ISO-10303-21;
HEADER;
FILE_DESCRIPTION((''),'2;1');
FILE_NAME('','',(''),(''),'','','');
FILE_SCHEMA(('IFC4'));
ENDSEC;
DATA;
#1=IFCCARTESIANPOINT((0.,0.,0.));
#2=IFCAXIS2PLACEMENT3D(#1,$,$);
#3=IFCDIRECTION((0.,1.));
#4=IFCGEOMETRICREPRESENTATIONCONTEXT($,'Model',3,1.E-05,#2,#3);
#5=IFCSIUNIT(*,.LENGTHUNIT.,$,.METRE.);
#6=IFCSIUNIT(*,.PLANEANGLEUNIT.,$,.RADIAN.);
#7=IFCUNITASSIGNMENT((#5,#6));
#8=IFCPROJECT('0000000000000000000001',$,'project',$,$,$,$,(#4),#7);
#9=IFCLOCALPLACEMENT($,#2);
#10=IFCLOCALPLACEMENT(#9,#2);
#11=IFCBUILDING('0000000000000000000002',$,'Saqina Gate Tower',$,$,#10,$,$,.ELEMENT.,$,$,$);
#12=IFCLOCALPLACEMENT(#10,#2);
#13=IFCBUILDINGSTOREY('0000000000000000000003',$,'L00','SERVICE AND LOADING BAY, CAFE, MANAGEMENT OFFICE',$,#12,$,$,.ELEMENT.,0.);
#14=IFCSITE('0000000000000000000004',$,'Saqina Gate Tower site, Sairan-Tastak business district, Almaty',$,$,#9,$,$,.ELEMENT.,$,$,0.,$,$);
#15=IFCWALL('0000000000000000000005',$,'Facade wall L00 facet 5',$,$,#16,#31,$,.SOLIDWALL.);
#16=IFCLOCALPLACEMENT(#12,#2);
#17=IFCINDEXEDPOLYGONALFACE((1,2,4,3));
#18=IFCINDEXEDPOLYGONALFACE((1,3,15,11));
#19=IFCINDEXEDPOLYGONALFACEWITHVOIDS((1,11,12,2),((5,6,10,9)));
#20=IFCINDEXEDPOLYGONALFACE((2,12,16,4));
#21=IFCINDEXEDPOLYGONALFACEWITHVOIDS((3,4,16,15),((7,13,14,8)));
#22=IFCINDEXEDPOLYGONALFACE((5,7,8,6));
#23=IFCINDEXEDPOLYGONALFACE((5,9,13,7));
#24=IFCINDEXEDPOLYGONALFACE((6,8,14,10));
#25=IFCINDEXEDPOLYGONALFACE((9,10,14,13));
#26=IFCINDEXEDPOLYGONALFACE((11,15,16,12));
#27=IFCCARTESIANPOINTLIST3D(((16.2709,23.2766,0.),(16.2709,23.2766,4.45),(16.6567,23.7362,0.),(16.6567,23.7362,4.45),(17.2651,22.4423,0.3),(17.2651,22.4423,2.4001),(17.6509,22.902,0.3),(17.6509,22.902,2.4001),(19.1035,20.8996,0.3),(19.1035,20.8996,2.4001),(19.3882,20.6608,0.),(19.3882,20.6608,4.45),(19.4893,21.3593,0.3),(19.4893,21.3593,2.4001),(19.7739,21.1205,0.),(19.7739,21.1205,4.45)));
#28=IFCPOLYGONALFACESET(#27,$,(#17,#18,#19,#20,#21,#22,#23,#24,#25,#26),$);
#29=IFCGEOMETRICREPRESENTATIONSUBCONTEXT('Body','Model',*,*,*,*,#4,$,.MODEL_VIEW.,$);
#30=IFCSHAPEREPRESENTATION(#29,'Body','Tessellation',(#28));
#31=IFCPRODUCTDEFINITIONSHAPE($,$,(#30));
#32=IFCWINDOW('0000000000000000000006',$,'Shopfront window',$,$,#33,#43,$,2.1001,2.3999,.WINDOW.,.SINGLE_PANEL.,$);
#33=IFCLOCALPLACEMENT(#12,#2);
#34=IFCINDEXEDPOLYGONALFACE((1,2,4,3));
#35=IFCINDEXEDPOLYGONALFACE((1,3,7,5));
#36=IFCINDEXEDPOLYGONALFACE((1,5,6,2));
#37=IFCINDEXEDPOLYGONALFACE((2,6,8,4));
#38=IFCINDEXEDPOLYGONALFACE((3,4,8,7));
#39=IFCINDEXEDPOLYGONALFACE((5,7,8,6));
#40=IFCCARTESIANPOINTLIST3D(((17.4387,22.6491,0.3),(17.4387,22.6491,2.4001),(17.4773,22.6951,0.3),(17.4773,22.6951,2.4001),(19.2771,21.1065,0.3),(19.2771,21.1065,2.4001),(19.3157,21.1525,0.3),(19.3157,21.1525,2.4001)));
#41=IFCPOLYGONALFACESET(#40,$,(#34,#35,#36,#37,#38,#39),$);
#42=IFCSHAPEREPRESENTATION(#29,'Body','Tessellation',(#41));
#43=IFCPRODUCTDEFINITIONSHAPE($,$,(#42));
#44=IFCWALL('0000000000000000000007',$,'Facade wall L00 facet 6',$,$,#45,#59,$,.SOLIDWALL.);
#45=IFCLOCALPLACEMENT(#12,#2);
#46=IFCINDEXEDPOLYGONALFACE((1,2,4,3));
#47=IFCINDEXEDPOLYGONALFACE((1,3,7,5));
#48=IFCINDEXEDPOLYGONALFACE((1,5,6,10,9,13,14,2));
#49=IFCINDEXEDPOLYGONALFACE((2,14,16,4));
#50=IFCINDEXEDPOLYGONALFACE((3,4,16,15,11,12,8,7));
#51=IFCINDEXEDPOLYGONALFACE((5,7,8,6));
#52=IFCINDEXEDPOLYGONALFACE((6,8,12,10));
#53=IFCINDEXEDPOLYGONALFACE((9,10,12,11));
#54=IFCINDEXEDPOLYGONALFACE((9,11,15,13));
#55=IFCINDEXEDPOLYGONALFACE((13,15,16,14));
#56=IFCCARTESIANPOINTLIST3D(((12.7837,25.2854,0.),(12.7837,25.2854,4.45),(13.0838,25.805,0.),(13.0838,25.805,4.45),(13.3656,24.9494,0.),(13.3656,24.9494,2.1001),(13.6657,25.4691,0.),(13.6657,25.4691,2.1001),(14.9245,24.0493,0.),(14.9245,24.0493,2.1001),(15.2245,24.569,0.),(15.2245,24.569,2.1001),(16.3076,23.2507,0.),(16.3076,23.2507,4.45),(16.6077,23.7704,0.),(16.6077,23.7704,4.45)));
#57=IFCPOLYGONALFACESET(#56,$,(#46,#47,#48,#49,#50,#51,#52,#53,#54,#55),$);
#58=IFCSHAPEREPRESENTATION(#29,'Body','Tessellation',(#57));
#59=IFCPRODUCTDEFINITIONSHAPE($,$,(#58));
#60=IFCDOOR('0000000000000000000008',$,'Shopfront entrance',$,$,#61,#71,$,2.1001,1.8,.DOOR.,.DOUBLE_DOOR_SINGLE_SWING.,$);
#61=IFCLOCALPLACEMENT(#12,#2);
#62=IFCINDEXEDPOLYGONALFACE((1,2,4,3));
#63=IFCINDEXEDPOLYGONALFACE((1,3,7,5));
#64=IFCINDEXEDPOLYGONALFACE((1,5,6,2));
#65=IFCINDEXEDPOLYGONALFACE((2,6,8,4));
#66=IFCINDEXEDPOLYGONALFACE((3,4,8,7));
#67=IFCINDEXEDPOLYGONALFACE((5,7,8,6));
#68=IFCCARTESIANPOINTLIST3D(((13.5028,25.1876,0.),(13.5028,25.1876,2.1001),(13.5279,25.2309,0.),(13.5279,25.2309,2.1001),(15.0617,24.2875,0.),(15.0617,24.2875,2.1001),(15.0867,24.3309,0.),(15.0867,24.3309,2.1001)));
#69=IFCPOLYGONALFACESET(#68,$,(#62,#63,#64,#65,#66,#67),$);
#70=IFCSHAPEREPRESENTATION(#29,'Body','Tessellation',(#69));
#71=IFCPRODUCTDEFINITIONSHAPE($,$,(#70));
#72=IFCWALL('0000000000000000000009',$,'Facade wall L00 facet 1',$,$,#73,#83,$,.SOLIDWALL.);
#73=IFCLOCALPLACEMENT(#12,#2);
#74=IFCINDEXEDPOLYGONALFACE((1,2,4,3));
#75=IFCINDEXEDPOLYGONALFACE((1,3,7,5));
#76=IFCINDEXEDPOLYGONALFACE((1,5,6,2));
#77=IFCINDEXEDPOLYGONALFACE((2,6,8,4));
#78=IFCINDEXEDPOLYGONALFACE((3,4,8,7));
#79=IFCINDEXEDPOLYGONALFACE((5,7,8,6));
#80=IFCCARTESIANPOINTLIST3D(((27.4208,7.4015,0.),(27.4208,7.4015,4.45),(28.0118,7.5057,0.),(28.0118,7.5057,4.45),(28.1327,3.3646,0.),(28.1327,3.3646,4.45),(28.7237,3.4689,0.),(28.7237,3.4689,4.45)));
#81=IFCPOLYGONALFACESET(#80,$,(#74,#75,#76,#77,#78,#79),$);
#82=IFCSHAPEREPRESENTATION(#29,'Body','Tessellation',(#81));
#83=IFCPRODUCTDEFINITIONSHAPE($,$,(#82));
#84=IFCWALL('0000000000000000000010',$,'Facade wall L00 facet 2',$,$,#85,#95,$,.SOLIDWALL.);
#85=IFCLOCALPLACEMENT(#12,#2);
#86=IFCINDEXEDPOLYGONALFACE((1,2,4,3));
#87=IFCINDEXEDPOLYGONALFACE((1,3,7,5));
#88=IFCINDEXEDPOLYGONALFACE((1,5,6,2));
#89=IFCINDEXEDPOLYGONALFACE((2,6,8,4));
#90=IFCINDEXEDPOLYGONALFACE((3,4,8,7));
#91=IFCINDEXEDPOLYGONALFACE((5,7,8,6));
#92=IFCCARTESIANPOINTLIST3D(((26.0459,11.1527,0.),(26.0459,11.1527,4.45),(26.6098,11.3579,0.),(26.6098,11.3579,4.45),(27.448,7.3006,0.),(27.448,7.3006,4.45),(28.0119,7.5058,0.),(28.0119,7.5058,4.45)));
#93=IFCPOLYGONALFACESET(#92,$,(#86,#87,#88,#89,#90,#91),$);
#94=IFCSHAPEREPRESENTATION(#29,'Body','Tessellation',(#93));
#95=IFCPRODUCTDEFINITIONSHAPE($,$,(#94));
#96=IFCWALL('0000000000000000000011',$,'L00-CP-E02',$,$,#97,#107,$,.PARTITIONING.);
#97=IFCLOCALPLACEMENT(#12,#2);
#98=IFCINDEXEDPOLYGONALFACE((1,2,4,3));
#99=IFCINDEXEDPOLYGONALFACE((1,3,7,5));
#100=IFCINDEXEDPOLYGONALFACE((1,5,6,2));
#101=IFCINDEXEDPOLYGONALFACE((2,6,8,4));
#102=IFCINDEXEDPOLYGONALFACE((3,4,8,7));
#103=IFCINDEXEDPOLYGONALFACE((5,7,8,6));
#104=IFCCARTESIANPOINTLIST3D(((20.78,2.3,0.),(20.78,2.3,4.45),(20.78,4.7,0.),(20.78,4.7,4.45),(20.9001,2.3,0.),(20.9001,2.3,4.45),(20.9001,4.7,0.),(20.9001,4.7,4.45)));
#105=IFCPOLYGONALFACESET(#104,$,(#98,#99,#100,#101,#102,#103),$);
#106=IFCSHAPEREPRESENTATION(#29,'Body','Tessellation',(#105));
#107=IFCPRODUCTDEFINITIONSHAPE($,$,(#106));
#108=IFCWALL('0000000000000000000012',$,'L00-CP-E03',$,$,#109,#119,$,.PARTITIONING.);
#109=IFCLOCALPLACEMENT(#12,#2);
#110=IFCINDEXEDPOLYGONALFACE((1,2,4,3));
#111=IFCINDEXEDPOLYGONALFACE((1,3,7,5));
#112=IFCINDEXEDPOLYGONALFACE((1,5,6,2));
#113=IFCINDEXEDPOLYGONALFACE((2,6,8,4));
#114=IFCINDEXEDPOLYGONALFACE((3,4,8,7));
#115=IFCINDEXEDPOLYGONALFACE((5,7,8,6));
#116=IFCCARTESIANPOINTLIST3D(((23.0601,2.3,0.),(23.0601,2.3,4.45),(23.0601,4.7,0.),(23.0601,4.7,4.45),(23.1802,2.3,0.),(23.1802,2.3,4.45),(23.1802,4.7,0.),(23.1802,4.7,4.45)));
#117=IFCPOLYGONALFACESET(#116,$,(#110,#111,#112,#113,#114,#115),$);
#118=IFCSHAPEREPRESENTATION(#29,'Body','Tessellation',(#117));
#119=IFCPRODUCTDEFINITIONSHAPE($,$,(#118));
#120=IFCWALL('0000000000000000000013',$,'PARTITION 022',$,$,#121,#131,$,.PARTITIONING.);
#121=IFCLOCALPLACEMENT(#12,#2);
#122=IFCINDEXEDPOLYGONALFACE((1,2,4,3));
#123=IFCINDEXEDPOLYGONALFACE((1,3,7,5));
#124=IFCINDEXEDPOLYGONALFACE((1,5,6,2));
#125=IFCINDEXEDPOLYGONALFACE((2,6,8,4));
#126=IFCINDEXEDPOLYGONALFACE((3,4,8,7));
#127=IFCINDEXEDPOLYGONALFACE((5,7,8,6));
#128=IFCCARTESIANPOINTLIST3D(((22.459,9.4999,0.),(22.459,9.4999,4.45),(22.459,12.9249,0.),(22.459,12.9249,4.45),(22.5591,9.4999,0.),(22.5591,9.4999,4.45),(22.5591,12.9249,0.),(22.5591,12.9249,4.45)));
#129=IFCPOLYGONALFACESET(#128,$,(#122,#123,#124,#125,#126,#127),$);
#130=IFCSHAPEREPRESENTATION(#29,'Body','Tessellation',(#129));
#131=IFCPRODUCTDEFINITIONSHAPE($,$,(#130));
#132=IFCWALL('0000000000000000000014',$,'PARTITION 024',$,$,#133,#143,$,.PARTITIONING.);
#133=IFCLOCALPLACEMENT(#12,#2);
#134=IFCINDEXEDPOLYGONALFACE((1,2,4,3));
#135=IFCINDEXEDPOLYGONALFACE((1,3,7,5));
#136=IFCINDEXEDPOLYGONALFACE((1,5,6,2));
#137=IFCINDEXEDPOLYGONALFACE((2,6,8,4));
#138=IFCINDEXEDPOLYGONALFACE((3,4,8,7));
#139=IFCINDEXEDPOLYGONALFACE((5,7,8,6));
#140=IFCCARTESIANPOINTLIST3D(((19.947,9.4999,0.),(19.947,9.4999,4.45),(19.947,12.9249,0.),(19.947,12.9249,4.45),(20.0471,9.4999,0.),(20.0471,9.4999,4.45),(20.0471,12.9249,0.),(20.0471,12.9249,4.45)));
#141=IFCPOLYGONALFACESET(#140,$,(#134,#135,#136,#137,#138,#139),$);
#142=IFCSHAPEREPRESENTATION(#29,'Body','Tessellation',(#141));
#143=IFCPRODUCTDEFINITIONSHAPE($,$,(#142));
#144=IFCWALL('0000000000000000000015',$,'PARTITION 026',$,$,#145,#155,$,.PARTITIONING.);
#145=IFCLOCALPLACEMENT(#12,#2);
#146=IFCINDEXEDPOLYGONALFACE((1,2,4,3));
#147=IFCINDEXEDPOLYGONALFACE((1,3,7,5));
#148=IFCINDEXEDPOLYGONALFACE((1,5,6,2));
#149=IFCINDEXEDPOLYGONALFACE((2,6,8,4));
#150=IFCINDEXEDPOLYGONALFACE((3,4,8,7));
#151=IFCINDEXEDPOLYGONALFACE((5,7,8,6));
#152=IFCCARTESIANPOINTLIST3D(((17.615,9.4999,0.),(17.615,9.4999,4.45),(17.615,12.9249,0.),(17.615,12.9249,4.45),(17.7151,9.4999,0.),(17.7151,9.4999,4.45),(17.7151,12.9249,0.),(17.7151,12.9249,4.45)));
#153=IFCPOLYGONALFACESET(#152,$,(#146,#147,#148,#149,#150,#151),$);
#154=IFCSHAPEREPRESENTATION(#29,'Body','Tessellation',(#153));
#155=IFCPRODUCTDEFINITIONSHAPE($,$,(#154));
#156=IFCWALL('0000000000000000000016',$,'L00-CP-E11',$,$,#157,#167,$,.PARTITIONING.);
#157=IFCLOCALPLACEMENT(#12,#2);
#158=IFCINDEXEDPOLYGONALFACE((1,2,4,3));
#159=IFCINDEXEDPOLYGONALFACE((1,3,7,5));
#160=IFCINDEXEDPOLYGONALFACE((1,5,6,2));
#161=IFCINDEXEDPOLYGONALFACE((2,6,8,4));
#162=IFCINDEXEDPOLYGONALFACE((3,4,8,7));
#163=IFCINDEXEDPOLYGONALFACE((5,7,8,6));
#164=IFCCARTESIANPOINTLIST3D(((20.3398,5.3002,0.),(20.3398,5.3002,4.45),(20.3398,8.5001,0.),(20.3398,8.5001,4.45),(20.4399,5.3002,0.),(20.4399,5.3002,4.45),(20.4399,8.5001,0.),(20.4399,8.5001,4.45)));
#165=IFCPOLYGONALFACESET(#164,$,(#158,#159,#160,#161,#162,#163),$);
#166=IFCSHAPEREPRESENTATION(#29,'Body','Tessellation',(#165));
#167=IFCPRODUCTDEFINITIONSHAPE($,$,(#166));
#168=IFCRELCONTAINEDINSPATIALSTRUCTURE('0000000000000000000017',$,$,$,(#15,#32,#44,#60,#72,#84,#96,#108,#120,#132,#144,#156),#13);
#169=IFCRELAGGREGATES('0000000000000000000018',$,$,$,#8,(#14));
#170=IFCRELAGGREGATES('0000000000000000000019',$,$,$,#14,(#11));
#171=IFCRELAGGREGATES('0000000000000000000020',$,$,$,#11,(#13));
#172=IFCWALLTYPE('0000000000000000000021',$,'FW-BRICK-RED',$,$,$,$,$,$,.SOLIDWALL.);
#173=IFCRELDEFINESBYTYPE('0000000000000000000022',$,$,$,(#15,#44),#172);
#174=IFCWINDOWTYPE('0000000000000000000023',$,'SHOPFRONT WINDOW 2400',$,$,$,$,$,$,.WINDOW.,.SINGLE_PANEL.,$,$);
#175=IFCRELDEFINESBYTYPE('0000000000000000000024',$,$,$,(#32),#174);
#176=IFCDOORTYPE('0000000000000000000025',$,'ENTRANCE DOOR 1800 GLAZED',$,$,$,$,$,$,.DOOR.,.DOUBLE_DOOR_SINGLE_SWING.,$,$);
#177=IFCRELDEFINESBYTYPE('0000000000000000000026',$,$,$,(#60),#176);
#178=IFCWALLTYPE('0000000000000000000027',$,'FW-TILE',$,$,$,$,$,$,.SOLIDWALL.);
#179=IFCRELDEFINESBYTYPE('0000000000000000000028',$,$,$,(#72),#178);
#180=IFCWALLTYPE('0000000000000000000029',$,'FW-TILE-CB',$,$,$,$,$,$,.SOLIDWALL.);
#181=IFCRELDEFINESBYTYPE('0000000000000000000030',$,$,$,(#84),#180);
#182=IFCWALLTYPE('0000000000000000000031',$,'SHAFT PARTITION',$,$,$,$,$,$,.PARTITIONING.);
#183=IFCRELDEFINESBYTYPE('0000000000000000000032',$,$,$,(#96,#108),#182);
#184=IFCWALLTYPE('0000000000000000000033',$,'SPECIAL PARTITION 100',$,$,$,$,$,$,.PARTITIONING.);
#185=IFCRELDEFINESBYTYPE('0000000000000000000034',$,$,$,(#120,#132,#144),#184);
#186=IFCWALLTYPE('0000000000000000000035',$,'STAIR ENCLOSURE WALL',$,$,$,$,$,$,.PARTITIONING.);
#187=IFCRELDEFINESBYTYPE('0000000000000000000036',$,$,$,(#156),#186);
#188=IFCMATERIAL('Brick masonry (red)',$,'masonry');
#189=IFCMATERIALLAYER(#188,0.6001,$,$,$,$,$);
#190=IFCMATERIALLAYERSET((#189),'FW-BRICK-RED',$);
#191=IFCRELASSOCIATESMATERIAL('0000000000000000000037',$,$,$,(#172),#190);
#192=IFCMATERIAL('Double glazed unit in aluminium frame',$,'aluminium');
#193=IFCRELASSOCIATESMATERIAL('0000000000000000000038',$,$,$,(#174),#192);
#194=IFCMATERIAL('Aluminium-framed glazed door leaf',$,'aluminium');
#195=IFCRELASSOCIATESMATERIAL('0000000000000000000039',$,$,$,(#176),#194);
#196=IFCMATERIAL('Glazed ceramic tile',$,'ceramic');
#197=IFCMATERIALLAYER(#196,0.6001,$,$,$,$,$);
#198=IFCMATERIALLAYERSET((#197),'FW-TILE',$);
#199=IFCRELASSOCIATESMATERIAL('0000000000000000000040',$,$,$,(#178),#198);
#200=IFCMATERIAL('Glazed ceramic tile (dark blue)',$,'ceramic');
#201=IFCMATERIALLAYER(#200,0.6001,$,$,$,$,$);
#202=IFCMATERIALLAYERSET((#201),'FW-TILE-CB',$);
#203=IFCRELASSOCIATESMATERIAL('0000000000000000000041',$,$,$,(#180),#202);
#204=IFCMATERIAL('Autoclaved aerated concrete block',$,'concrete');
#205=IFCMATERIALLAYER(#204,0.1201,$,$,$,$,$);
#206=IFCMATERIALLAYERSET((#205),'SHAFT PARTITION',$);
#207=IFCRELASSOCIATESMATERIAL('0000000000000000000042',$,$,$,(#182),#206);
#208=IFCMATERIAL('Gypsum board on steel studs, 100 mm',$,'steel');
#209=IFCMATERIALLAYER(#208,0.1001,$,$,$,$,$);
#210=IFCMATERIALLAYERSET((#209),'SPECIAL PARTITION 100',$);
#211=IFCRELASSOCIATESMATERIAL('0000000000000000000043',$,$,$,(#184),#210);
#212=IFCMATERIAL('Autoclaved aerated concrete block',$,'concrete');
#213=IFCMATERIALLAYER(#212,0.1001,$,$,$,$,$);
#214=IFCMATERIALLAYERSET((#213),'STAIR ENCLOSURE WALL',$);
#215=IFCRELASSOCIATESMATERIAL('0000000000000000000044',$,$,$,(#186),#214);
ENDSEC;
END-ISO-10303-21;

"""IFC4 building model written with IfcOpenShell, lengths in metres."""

from ifc_helpers import new_model, si_unit, direction, frame, frame_2d, origin, place, context, subcontext, project, spatial, rectangle, extrude, material, layer, layer_set, type_object, element, fill, save


model = new_model("IFC4")

# Units and contexts
model_context = context("Model", 3, precision=1e-05, world=origin(), true_north=direction((0.0, 1.0)))
body_context = subcontext(model_context, "Body", "Model", "MODEL_VIEW")
ifc_project = project(units=[si_unit("LENGTHUNIT", "METRE"), si_unit("PLANEANGLEUNIT", "RADIAN")], contexts=[model_context])

# Site, building, storey
site_placement = place(None, origin())
site = spatial("IfcSite", under=ifc_project, at=site_placement, Name="Saqina Gate Tower site, Sairan-Tastak business district, Almaty", CompositionType="ELEMENT", RefElevation=0.0)
building_placement = place(site_placement, origin())
building = spatial("IfcBuilding", under=site, at=building_placement, Name="Saqina Gate Tower", CompositionType="ELEMENT")
storey_placement = place(building_placement, origin())
storey = spatial("IfcBuildingStorey", under=building, at=storey_placement, Name="L00", Description="SERVICE AND LOADING BAY, CAFE, MANAGEMENT OFFICE", CompositionType="ELEMENT", Elevation=0.0)

# Shared definitions
ifc_material_1 = material(Name="Brick masonry (red)", Category="masonry")
ifc_layer_1 = layer(ifc_material_1, 0.6001)
ifc_layer_set_1 = layer_set([ifc_layer_1], Name="FW-BRICK-RED")
wall_type_1 = type_object("IfcWallType", Name="FW-BRICK-RED", PredefinedType="SOLIDWALL", material=ifc_layer_set_1)

# Wall, opening, window
wall_1_placement = place(storey_placement, frame((19.5811, 20.8906, 0.0), z_axis=(0.0, 0.0, 1.0), x_axis=(-0.766033, 0.642801, 0.0)))
wall_1 = element("IfcWall", 1, at=wall_1_placement, inside=storey, type_object=wall_type_1, Name="Facade wall L00 facet 5", PredefinedType="SOLIDWALL", context=body_context, shape_type="SweptSolid", body=[
    extrude(rectangle(XDim=4.0693, YDim=0.6001, at=frame_2d((2.0347, 0.0))), origin(), (0.0, 0.0, 1.0), 4.45),
])
opening_1_placement = place(wall_1_placement, frame((0.3716, 0.0, 0.3)))
opening_1 = element("IfcOpeningElement", 2, at=opening_1_placement, cuts=wall_1, PredefinedType="OPENING", context=body_context, shape_type="SweptSolid", body=[
    extrude(rectangle(XDim=2.3999, YDim=2.1001, at=frame_2d((1.2, 1.05))), frame((0.0, 0.312, 0.0), z_axis=(0.0, -1.0, 0.0), x_axis=(1.0, 0.0, 0.0)), (0.0, 0.0, 1.0), 0.624),
])
ifc_material_2 = material(Name="Double glazed unit in aluminium frame", Category="aluminium")
window_type = type_object("IfcWindowType", Name="SHOPFRONT WINDOW 2400", PartitioningType="SINGLE_PANEL", PredefinedType="WINDOW", material=ifc_material_2)
window_placement = place(opening_1_placement, origin())
window = element("IfcWindow", 3, at=window_placement, inside=storey, type_object=window_type, Name="Shopfront window", OverallHeight=2.1001, OverallWidth=2.3999, PartitioningType="SINGLE_PANEL", PredefinedType="WINDOW", context=body_context, shape_type="SweptSolid", body=[
    extrude(rectangle(XDim=2.3999, YDim=2.1001, at=frame_2d((1.2, 1.05))), frame((0.0, 0.03, 0.0), z_axis=(0.0, -1.0, 0.0), x_axis=(1.0, 0.0, 0.0)), (0.0, 0.0, 1.0), 0.0601),
])
fill(opening_1, window)

# Wall, opening, door
wall_2_placement = place(storey_placement, frame((16.4578, 23.5105, 0.0), z_axis=(0.0, 0.0, 1.0), x_axis=(-0.866012, 0.500024, 0.0)))
wall_2 = element("IfcWall", 4, at=wall_2_placement, inside=storey, type_object=wall_type_1, Name="Facade wall L00 facet 6", PredefinedType="SOLIDWALL", context=body_context, shape_type="SweptSolid", body=[
    extrude(rectangle(XDim=4.0691, YDim=0.6001, at=frame_2d((2.0347, 0.0))), origin(), (0.0, 0.0, 1.0), 4.45),
])
opening_2_placement = place(wall_2_placement, frame((1.5974, 0.0, 0.0)))
opening_2 = element("IfcOpeningElement", 5, at=opening_2_placement, cuts=wall_2, PredefinedType="OPENING", context=body_context, shape_type="SweptSolid", body=[
    extrude(rectangle(XDim=1.8, YDim=2.1001, at=frame_2d((0.8999, 1.05))), frame((0.0, 0.312, 0.0), z_axis=(0.0, -1.0, 0.0), x_axis=(1.0, 0.0, 0.0)), (0.0, 0.0, 1.0), 0.624),
])
ifc_material_3 = material(Name="Aluminium-framed glazed door leaf", Category="aluminium")
door_type_1 = type_object("IfcDoorType", Name="ENTRANCE DOOR 1800 GLAZED", OperationType="DOUBLE_DOOR_SINGLE_SWING", PredefinedType="DOOR", material=ifc_material_3)
door_1_placement = place(opening_2_placement, frame((1.8, 0.0, 0.0), z_axis=(0.0, 0.0, 1.0), x_axis=(-1.0, 0.0, 0.0)))
door_1 = element("IfcDoor", 6, at=door_1_placement, inside=storey, type_object=door_type_1, Name="Shopfront entrance", OperationType="DOUBLE_DOOR_SINGLE_SWING", OverallHeight=2.1001, OverallWidth=1.8, PredefinedType="DOOR", context=body_context, shape_type="SweptSolid", body=[
    extrude(rectangle(XDim=1.8, YDim=2.1001, at=frame_2d((0.8999, 1.05))), frame((0.0, 0.0249, 0.0), z_axis=(0.0, -1.0, 0.0), x_axis=(1.0, 0.0, 0.0)), (0.0, 0.0, 1.0), 0.05),
])
fill(opening_2, door_1)

# Walls
ifc_material_4 = material(Name="Glazed ceramic tile", Category="ceramic")
ifc_layer_2 = layer(ifc_material_4, 0.6001)
ifc_layer_set_2 = layer_set([ifc_layer_2], Name="FW-TILE")
wall_type_2 = type_object("IfcWallType", Name="FW-TILE", PredefinedType="SOLIDWALL", material=ifc_layer_set_2)
wall_3_placement = place(storey_placement, frame((28.4282, 3.4167, 0.0), z_axis=(0.0, 0.0, 1.0), x_axis=(-0.173673, 0.984803, 0.0)))
element("IfcWall", 7, at=wall_3_placement, inside=storey, type_object=wall_type_2, Name="Facade wall L00 facet 1", PredefinedType="SOLIDWALL", context=body_context, shape_type="SweptSolid", body=[
    extrude(rectangle(XDim=4.0991, YDim=0.6001, at=frame_2d((2.0496, 0.0))), origin(), (0.0, 0.0, 1.0), 4.45),
])
ifc_material_5 = material(Name="Glazed ceramic tile (dark blue)", Category="ceramic")
ifc_layer_3 = layer(ifc_material_5, 0.6001)
ifc_layer_set_3 = layer_set([ifc_layer_3], Name="FW-TILE-CB")
wall_type_3 = type_object("IfcWallType", Name="FW-TILE-CB", PredefinedType="SOLIDWALL", material=ifc_layer_set_3)
wall_4_placement = place(storey_placement, frame((27.73, 7.4031, 0.0), z_axis=(0.0, 0.0, 1.0), x_axis=(-0.342035, 0.939687, 0.0)))
element("IfcWall", 8, at=wall_4_placement, inside=storey, type_object=wall_type_3, Name="Facade wall L00 facet 2", PredefinedType="SOLIDWALL", context=body_context, shape_type="SweptSolid", body=[
    extrude(rectangle(XDim=4.0994, YDim=0.6001, at=frame_2d((2.0498, 0.0))), origin(), (0.0, 0.0, 1.0), 4.45),
])
ifc_material_6 = material(Name="Autoclaved aerated concrete block", Category="concrete")
ifc_layer_4 = layer(ifc_material_6, 0.1201)
ifc_layer_set_4 = layer_set([ifc_layer_4], Name="SHAFT PARTITION")
wall_type_4 = type_object("IfcWallType", Name="SHAFT PARTITION", PredefinedType="PARTITIONING", material=ifc_layer_set_4)
for number, where, z_axis, x_axis, name in (
    (9, (20.8401, 2.3, 0.0), (0.0, 0.0, 1.0), (0.0, 1.0, 0.0), "L00-CP-E02"),
    (10, (23.1201, 2.3, 0.0), (0.0, 0.0, 1.0), (0.0, 1.0, 0.0), "L00-CP-E03"),
):
    element("IfcWall", number, at=place(storey_placement, frame(where, z_axis=z_axis, x_axis=x_axis)), inside=storey, type_object=wall_type_4, Name=name, PredefinedType="PARTITIONING", context=body_context, shape_type="SweptSolid", body=[
        extrude(rectangle(XDim=2.3999, YDim=0.1201, at=frame_2d((1.2, 0.0))), origin(), (0.0, 0.0, 1.0), 4.45),
    ])
ifc_material_7 = material(Name="Gypsum board on steel studs, 100 mm", Category="steel")
ifc_layer_5 = layer(ifc_material_7, 0.1001)
ifc_layer_set_5 = layer_set([ifc_layer_5], Name="SPECIAL PARTITION 100")
wall_type_5 = type_object("IfcWallType", Name="SPECIAL PARTITION 100", PredefinedType="PARTITIONING", material=ifc_layer_set_5)
for number, where, z_axis, x_axis, name in (
    (11, (22.509, 9.5, 0.0), (0.0, 0.0, 1.0), (0.0, 1.0, 0.0), "PARTITION 022"),
    (12, (19.9971, 9.5, 0.0), (0.0, 0.0, 1.0), (0.0, 1.0, 0.0), "PARTITION 024"),
    (13, (17.665, 9.5, 0.0), (0.0, 0.0, 1.0), (0.0, 1.0, 0.0), "PARTITION 026"),
):
    element("IfcWall", number, at=place(storey_placement, frame(where, z_axis=z_axis, x_axis=x_axis)), inside=storey, type_object=wall_type_5, Name=name, PredefinedType="PARTITIONING", context=body_context, shape_type="SweptSolid", body=[
        extrude(rectangle(XDim=3.425, YDim=0.1001, at=frame_2d((1.7124, 0.0))), origin(), (0.0, 0.0, 1.0), 4.45),
    ])
ifc_material_8 = material(Name="Autoclaved aerated concrete block", Category="concrete")
ifc_layer_6 = layer(ifc_material_8, 0.1001)
ifc_layer_set_6 = layer_set([ifc_layer_6], Name="STAIR ENCLOSURE WALL")
wall_type_6 = type_object("IfcWallType", Name="STAIR ENCLOSURE WALL", PredefinedType="PARTITIONING", material=ifc_layer_set_6)
wall_5_placement = place(storey_placement, frame((20.3899, 5.3, 0.0), z_axis=(0.0, 0.0, 1.0), x_axis=(0.0, 1.0, 0.0)))
element("IfcWall", 14, at=wall_5_placement, inside=storey, type_object=wall_type_6, Name="L00-CP-E11", PredefinedType="PARTITIONING", context=body_context, shape_type="SweptSolid", body=[
    extrude(rectangle(XDim=3.2, YDim=0.1001, at=frame_2d((1.6001, 0.0))), origin(), (0.0, 0.0, 1.0), 4.45),
])

save(model, "model.ifc")
